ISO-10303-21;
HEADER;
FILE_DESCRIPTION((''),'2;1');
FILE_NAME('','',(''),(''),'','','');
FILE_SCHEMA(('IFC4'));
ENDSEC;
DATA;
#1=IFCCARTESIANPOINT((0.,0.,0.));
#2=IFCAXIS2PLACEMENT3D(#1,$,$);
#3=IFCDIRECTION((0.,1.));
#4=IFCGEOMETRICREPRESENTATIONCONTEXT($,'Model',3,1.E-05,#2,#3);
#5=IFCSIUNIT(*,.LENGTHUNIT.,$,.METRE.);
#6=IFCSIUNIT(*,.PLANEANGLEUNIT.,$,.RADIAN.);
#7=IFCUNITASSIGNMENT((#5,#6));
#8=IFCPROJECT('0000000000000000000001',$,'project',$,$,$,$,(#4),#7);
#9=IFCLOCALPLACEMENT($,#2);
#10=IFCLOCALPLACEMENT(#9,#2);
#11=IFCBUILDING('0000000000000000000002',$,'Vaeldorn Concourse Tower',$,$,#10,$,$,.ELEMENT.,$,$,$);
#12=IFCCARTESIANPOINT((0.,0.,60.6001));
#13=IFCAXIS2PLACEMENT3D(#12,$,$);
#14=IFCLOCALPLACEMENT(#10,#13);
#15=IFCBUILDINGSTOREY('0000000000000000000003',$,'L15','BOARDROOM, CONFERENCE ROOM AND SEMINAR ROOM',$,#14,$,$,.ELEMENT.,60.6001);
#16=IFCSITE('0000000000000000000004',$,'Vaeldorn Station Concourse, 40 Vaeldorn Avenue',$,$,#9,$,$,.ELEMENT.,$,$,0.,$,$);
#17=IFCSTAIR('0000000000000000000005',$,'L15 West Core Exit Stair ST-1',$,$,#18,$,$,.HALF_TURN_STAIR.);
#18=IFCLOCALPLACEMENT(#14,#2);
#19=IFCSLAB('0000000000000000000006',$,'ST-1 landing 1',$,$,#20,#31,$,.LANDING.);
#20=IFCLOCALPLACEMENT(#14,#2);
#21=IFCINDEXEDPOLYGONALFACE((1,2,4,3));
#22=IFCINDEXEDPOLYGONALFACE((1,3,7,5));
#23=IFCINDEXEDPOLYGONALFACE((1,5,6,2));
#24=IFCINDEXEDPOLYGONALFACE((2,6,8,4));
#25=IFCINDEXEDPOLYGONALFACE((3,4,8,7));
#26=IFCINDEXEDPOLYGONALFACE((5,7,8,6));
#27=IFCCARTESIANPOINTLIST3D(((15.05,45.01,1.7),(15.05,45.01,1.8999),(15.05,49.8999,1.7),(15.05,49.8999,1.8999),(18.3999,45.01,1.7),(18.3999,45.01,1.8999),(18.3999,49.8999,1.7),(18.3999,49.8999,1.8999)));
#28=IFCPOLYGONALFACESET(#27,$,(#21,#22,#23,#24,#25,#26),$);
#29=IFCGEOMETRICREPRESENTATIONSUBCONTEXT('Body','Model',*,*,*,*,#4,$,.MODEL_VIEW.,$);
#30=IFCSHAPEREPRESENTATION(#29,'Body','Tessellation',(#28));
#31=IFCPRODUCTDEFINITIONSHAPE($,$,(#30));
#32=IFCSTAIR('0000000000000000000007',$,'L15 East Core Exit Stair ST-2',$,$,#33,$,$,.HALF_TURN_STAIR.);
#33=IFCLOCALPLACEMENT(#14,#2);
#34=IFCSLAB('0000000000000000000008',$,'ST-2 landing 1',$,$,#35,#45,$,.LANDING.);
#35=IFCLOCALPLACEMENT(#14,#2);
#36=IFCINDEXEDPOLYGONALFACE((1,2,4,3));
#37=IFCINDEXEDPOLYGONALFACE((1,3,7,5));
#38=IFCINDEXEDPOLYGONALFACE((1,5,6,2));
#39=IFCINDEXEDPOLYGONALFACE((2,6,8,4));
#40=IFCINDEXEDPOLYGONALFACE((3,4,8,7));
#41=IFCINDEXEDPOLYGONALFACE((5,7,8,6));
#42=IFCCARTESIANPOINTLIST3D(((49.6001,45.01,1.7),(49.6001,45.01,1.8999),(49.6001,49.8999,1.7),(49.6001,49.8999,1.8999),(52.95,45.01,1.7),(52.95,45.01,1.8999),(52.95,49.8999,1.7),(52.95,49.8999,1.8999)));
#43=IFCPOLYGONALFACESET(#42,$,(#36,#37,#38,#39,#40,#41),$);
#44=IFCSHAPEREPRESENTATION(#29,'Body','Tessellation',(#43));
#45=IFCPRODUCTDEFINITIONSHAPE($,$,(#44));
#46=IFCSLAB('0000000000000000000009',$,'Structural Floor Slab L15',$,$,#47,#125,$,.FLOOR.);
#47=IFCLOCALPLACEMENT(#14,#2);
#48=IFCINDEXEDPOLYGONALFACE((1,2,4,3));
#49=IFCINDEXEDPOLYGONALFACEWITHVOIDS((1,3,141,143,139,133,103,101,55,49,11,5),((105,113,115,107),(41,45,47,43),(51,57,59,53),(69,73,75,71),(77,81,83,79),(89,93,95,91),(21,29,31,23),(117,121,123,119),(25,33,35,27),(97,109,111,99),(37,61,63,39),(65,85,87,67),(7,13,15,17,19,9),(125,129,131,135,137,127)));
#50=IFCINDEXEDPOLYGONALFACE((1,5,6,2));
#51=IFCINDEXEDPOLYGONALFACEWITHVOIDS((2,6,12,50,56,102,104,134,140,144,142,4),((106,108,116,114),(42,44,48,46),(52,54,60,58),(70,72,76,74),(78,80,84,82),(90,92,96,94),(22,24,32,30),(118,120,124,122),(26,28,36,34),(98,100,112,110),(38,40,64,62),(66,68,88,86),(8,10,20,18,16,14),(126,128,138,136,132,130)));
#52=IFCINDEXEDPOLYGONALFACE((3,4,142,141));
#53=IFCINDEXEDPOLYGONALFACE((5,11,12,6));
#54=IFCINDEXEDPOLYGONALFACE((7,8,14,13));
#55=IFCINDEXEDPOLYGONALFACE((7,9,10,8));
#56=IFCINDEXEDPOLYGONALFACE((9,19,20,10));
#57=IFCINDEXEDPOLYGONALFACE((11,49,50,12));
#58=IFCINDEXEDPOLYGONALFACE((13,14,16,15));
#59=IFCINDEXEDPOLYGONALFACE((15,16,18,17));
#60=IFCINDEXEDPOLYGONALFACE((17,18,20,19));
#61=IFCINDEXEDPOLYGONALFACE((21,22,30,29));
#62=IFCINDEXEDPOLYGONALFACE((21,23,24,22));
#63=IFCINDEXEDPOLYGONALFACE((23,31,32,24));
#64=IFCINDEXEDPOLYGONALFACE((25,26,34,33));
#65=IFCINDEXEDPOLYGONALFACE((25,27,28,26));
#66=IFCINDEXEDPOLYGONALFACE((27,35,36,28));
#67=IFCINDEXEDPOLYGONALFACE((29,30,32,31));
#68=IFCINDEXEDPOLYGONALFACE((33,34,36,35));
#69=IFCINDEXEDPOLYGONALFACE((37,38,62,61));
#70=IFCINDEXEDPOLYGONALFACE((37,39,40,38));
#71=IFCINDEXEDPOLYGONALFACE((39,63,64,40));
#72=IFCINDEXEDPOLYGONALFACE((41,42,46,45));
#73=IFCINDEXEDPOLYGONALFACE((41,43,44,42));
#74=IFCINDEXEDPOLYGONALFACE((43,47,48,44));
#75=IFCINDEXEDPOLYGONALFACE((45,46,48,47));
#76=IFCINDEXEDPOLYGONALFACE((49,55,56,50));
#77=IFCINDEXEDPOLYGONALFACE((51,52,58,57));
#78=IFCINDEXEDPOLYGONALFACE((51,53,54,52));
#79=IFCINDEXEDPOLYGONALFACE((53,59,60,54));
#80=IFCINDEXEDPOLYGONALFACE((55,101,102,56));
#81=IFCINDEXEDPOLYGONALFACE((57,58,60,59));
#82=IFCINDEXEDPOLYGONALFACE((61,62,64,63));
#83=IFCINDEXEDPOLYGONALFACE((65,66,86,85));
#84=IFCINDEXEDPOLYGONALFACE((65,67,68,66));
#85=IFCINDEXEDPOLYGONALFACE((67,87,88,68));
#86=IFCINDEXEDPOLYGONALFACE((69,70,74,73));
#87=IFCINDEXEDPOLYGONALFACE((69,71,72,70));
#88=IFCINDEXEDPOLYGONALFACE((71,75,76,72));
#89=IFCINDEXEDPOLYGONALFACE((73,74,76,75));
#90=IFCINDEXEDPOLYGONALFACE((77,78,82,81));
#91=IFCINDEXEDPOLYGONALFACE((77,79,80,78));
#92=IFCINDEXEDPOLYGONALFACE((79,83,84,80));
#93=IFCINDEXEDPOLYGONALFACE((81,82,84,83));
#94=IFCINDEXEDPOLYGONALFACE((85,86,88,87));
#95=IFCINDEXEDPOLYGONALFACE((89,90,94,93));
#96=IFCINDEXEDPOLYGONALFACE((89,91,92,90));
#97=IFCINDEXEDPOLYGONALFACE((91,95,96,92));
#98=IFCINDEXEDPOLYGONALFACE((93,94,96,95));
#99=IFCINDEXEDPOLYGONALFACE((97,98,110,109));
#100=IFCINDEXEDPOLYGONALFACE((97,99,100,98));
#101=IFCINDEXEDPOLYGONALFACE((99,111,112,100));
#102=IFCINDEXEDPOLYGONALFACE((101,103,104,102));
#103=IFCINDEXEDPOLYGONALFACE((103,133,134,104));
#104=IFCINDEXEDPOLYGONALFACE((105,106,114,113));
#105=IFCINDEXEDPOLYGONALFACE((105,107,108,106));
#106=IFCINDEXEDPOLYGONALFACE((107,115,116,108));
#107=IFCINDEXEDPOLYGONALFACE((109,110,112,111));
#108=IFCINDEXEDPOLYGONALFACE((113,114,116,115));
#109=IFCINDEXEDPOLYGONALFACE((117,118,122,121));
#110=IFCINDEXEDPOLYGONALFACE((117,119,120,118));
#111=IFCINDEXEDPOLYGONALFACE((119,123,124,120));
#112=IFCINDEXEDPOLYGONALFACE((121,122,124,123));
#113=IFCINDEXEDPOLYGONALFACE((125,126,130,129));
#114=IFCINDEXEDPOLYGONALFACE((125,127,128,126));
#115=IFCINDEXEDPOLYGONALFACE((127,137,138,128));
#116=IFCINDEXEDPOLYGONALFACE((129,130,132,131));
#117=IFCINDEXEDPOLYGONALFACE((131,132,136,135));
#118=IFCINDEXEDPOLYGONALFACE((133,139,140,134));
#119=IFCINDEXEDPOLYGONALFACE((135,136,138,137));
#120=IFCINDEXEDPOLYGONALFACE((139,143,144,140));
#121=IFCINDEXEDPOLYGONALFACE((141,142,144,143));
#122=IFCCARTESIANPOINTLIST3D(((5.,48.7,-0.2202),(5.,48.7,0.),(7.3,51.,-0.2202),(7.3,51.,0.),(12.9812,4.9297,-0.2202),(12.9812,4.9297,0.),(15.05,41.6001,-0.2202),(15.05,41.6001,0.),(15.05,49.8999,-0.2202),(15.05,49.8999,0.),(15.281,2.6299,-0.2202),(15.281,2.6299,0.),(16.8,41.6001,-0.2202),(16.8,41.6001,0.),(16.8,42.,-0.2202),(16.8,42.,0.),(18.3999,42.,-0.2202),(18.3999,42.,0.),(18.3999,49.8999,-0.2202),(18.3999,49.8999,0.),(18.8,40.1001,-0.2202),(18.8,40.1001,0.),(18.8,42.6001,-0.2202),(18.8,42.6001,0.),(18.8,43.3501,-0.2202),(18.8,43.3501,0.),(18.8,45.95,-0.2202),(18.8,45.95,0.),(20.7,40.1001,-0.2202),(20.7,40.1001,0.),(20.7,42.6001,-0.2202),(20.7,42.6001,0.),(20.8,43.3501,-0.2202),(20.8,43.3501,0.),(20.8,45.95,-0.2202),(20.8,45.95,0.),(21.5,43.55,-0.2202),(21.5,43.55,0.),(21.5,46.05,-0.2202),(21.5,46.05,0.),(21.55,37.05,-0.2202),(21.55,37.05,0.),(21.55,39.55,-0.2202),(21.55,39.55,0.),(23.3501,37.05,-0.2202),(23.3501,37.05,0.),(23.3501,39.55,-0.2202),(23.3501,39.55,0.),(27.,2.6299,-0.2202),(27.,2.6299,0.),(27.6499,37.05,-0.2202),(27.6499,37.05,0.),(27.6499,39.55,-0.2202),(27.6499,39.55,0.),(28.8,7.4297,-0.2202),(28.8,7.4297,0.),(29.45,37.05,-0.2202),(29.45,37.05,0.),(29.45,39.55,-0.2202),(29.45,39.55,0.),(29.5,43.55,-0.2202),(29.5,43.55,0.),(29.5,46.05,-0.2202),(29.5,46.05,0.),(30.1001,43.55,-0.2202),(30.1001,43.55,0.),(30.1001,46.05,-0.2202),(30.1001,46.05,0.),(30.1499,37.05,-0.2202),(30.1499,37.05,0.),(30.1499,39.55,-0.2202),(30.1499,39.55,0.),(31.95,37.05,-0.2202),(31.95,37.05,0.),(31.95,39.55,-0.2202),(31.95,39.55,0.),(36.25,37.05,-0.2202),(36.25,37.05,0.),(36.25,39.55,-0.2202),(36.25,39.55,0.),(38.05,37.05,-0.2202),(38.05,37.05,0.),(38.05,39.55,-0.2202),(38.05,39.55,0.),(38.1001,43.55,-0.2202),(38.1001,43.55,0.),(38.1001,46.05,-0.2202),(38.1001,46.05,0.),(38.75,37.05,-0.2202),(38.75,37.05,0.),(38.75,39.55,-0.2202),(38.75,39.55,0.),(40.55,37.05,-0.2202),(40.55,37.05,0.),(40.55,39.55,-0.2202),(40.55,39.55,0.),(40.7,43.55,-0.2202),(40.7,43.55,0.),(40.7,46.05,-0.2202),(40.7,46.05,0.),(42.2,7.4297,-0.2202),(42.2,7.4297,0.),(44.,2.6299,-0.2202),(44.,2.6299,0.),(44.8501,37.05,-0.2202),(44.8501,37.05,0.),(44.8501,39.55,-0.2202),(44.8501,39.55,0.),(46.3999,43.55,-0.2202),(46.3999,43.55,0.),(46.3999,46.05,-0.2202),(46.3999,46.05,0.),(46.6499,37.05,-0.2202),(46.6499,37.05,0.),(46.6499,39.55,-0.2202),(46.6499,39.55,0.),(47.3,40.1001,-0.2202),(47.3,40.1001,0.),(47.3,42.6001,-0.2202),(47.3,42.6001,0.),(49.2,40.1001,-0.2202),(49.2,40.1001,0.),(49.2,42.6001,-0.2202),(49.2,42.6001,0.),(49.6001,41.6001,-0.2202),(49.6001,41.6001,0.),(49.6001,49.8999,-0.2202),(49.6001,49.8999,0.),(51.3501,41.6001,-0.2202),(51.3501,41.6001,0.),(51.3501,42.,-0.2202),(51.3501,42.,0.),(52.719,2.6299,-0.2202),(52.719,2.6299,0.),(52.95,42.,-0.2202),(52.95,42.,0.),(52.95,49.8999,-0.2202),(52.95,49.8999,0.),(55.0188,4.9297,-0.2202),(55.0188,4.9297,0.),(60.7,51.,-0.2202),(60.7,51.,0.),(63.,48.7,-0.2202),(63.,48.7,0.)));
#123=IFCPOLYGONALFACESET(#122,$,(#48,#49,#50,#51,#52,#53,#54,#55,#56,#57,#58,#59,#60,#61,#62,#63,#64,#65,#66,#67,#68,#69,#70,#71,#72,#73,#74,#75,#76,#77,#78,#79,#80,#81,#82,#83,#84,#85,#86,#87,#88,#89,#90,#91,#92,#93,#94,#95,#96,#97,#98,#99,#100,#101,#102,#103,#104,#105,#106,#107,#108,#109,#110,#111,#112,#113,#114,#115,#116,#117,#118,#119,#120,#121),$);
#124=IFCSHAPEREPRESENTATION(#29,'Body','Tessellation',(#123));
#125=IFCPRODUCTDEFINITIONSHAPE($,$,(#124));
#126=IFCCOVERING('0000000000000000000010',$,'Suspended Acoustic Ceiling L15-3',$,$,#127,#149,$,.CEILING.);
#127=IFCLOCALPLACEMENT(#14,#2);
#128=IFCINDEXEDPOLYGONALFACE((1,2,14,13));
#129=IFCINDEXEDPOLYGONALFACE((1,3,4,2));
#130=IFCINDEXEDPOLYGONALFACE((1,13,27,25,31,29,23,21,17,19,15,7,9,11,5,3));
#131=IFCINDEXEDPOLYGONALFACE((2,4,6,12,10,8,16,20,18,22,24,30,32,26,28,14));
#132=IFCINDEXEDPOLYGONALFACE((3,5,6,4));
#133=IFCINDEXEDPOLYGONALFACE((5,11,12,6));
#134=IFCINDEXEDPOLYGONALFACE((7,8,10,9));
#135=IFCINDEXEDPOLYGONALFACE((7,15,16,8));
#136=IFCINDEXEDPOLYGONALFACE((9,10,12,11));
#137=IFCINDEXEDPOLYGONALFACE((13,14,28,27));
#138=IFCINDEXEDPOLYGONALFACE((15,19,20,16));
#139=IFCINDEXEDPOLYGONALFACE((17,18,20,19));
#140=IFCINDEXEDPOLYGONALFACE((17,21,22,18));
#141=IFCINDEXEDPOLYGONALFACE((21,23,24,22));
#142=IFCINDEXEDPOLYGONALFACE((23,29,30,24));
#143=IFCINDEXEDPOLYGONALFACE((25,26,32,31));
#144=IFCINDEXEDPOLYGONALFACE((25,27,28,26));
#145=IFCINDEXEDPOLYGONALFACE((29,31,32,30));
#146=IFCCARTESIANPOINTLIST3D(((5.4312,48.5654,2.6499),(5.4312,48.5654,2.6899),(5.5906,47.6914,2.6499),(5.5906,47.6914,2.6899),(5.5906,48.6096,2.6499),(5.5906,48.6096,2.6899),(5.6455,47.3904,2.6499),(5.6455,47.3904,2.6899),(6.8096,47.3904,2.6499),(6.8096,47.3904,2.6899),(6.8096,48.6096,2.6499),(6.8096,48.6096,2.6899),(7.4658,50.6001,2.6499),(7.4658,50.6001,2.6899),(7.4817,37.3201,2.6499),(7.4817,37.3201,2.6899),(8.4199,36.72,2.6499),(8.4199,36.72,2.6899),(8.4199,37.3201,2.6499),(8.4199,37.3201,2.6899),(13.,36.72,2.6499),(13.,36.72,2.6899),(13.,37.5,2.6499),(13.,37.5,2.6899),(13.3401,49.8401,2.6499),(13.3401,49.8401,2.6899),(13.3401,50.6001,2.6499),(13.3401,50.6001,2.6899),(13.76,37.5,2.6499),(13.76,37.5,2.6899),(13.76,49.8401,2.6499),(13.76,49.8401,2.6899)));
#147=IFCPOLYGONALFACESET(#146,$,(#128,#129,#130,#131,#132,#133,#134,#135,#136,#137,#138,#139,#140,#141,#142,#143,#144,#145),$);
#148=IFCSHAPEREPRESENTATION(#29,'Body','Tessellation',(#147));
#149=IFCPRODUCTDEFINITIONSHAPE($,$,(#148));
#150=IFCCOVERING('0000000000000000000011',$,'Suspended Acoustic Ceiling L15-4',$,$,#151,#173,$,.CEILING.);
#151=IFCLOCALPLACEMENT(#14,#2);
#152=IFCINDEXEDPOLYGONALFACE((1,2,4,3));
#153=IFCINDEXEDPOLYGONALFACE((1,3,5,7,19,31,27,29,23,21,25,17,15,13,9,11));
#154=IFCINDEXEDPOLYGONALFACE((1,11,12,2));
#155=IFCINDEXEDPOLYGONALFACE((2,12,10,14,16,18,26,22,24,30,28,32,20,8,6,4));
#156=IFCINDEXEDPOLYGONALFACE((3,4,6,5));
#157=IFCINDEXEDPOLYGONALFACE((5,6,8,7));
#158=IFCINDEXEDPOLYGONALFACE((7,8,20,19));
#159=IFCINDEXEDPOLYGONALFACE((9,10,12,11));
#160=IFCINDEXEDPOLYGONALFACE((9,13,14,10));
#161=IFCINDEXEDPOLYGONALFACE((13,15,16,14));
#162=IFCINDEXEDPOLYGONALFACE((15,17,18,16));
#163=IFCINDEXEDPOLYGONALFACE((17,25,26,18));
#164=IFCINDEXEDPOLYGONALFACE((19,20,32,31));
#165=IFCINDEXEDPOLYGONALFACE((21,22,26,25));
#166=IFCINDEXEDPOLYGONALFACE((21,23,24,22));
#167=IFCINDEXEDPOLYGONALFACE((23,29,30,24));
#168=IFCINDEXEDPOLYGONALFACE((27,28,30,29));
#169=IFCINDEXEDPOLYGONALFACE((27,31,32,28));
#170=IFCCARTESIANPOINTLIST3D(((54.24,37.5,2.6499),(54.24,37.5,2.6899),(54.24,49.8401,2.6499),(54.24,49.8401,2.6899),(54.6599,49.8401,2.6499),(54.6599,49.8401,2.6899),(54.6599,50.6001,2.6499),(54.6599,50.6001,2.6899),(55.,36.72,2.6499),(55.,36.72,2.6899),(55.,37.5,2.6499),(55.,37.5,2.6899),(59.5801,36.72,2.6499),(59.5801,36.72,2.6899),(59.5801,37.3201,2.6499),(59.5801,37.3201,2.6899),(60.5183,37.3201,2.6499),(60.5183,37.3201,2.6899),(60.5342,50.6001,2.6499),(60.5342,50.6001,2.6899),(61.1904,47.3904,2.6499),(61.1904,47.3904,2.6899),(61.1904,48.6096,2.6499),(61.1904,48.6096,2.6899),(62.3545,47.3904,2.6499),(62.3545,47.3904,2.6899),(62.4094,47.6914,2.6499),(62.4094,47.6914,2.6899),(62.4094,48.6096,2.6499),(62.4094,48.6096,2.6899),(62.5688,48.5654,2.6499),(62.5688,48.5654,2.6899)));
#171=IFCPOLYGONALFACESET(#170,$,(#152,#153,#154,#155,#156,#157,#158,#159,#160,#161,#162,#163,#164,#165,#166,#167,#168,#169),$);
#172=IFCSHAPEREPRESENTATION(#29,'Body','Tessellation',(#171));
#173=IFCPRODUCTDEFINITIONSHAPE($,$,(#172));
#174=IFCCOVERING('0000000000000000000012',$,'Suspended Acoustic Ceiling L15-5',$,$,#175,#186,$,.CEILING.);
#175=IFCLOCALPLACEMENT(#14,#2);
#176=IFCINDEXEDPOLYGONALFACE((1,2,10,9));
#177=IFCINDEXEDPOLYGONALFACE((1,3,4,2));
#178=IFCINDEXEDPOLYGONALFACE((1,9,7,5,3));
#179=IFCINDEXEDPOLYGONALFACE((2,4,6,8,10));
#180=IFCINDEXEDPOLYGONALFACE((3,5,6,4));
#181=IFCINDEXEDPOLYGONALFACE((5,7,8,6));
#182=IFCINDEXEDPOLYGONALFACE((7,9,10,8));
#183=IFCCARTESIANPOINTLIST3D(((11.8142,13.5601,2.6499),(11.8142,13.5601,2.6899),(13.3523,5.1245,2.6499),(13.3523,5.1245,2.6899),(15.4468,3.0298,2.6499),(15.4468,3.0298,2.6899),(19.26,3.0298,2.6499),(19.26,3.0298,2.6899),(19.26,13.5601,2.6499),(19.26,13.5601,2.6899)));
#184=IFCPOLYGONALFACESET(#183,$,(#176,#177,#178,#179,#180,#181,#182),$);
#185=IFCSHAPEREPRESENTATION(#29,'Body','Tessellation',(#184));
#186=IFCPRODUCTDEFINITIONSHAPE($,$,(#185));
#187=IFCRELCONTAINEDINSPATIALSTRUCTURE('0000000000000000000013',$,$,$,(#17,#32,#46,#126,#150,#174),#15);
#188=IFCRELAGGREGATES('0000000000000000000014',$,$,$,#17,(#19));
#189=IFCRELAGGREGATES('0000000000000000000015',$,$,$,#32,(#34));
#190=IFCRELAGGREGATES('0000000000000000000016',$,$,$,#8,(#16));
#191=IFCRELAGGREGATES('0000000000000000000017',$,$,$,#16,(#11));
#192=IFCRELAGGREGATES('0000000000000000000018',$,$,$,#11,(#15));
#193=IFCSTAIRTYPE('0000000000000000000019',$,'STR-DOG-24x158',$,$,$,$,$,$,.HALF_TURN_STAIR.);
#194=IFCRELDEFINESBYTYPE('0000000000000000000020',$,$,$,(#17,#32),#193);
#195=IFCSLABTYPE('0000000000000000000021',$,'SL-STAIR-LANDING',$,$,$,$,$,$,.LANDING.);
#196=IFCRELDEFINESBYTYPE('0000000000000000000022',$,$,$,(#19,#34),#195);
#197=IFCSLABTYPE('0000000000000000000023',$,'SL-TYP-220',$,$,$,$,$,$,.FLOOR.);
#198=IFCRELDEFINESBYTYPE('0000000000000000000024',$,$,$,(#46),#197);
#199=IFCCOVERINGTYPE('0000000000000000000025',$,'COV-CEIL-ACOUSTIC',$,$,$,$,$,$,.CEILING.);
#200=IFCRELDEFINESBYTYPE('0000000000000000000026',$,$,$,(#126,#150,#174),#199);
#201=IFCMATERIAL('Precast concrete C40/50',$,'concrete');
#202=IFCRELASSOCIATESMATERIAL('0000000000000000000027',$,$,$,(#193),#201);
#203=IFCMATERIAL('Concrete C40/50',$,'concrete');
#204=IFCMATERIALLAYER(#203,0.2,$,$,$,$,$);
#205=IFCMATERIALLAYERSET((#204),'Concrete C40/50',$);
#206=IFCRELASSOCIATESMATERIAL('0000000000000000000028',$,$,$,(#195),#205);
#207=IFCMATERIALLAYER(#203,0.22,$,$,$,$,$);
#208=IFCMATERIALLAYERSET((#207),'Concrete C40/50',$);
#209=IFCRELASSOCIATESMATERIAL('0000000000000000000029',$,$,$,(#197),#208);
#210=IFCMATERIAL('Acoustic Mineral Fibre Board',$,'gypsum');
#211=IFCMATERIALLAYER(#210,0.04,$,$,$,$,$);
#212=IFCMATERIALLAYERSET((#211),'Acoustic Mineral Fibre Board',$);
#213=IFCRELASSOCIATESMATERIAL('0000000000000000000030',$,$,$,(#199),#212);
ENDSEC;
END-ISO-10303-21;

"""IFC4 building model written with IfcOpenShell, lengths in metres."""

from ifc_helpers import new_model, si_unit, direction, frame, origin, place, context, subcontext, project, spatial, polyline, outline, extrude, material, layer, layer_set, type_object, element, aggregate, save


model = new_model("IFC4")

# Units and contexts
model_context = context("Model", 3, precision=1e-05, world=origin(), true_north=direction((0.0, 1.0)))
body_context = subcontext(model_context, "Body", "Model", "MODEL_VIEW")
ifc_project = project(units=[si_unit("LENGTHUNIT", "METRE"), si_unit("PLANEANGLEUNIT", "RADIAN")], contexts=[model_context])

# Site, building, storey
site_placement = place(None, origin())
site = spatial("IfcSite", under=ifc_project, at=site_placement, Name="Vaeldorn Station Concourse, 40 Vaeldorn Avenue", CompositionType="ELEMENT", RefElevation=0.0)
building_placement = place(site_placement, origin())
building = spatial("IfcBuilding", under=site, at=building_placement, Name="Vaeldorn Concourse Tower", CompositionType="ELEMENT")
storey_placement = place(building_placement, frame((0.0, 0.0, 60.6001)))
storey = spatial("IfcBuildingStorey", under=building, at=storey_placement, Name="L15", Description="BOARDROOM, CONFERENCE ROOM AND SEMINAR ROOM", CompositionType="ELEMENT", Elevation=60.6001)

# Stairs, slabs
ifc_material_1 = material(Name="Precast concrete C40/50", Category="concrete")
stair_type = type_object("IfcStairType", Name="STR-DOG-24x158", PredefinedType="HALF_TURN_STAIR", material=ifc_material_1)
stair_1_placement = place(storey_placement, origin())
stair_1 = element("IfcStair", 1, at=stair_1_placement, inside=storey, type_object=stair_type, Name="L15 West Core Exit Stair ST-1", PredefinedType="HALF_TURN_STAIR")
ifc_material_2 = material(Name="Concrete C40/50", Category="concrete")
ifc_layer_1 = layer(ifc_material_2, 0.2)
ifc_layer_set_1 = layer_set([ifc_layer_1], Name="Concrete C40/50")
slab_type_1 = type_object("IfcSlabType", Name="SL-STAIR-LANDING", PredefinedType="LANDING", material=ifc_layer_set_1)
slab_1_placement = place(storey_placement, frame((0.0, 0.0, 1.7)))
slab_1 = element("IfcSlab", 2, at=slab_1_placement, type_object=slab_type_1, Name="ST-1 landing 1", PredefinedType="LANDING", context=body_context, shape_type="SweptSolid", body=[
    extrude(outline(polyline([(18.3999, 45.01), (18.3999, 49.8999), (15.05, 49.8999), (15.05, 45.01), (18.3999, 45.01)])), origin(), (0.0, 0.0, 1.0), 0.2),
])
aggregate(stair_1, [slab_1])
stair_2_placement = place(storey_placement, origin())
stair_2 = element("IfcStair", 3, at=stair_2_placement, inside=storey, type_object=stair_type, Name="L15 East Core Exit Stair ST-2", PredefinedType="HALF_TURN_STAIR")
slab_2_placement = place(storey_placement, frame((0.0, 0.0, 1.7)))
slab_2 = element("IfcSlab", 4, at=slab_2_placement, type_object=slab_type_1, Name="ST-2 landing 1", PredefinedType="LANDING", context=body_context, shape_type="SweptSolid", body=[
    extrude(outline(polyline([(52.95, 45.01), (52.95, 49.8999), (49.6001, 49.8999), (49.6001, 45.01), (52.95, 45.01)])), origin(), (0.0, 0.0, 1.0), 0.2),
])
aggregate(stair_2, [slab_2])

# Slab
ifc_layer_2 = layer(ifc_material_2, 0.22)
ifc_layer_set_2 = layer_set([ifc_layer_2], Name="Concrete C40/50")
slab_type_2 = type_object("IfcSlabType", Name="SL-TYP-220", PredefinedType="FLOOR", material=ifc_layer_set_2)
slab_3_placement = place(storey_placement, frame((0.0, 0.0, -0.2202)))
element("IfcSlab", 5, at=slab_3_placement, inside=storey, type_object=slab_type_2, Name="Structural Floor Slab L15", PredefinedType="FLOOR", context=body_context, shape_type="SweptSolid", body=[
    extrude(outline(polyline([(15.281, 2.6299), (27.0, 2.6299), (28.8, 7.4297), (42.2, 7.4297), (44.0, 2.6299), (52.719, 2.6299), (55.0188, 4.9297), (63.0, 48.7), (60.7, 51.0), (7.3, 51.0), (5.0, 48.7), (12.9812, 4.9297), (15.281, 2.6299)]), holes=[polyline([(18.3999, 42.0), (18.3999, 49.8999), (15.05, 49.8999), (15.05, 41.6001), (16.8, 41.6001), (16.8, 42.0), (18.3999, 42.0)]), polyline([(52.95, 42.0), (52.95, 49.8999), (49.6001, 49.8999), (49.6001, 41.6001), (51.3501, 41.6001), (51.3501, 42.0), (52.95, 42.0)]), polyline([(21.55, 37.05), (23.3501, 37.05), (23.3501, 39.55), (21.55, 39.55), (21.55, 37.05)]), polyline([(27.6499, 37.05), (29.45, 37.05), (29.45, 39.55), (27.6499, 39.55), (27.6499, 37.05)]), polyline([(21.5, 43.55), (29.5, 43.55), (29.5, 46.05), (21.5, 46.05), (21.5, 43.55)]), polyline([(30.1499, 37.05), (31.95, 37.05), (31.95, 39.55), (30.1499, 39.55), (30.1499, 37.05)]), polyline([(36.25, 37.05), (38.05, 37.05), (38.05, 39.55), (36.25, 39.55), (36.25, 37.05)]), polyline([(30.1001, 43.55), (38.1001, 43.55), (38.1001, 46.05), (30.1001, 46.05), (30.1001, 43.55)]), polyline([(38.75, 37.05), (40.55, 37.05), (40.55, 39.55), (38.75, 39.55), (38.75, 37.05)]), polyline([(44.8501, 37.05), (46.6499, 37.05), (46.6499, 39.55), (44.8501, 39.55), (44.8501, 37.05)]), polyline([(40.7, 43.55), (46.3999, 43.55), (46.3999, 46.05), (40.7, 46.05), (40.7, 43.55)]), polyline([(18.8, 43.3501), (20.8, 43.3501), (20.8, 45.95), (18.8, 45.95), (18.8, 43.3501)]), polyline([(18.8, 40.1001), (20.7, 40.1001), (20.7, 42.6001), (18.8, 42.6001), (18.8, 40.1001)]), polyline([(47.3, 40.1001), (49.2, 40.1001), (49.2, 42.6001), (47.3, 42.6001), (47.3, 40.1001)])]), origin(), (0.0, 0.0, 1.0), 0.2202),
])

# Coverings
ifc_material_3 = material(Name="Acoustic Mineral Fibre Board", Category="gypsum")
ifc_layer_3 = layer(ifc_material_3, 0.04)
ifc_layer_set_3 = layer_set([ifc_layer_3], Name="Acoustic Mineral Fibre Board")
covering_type_1 = type_object("IfcCoveringType", Name="COV-CEIL-ACOUSTIC", PredefinedType="CEILING", material=ifc_layer_set_3)
covering_1_placement = place(storey_placement, frame((0.0, 0.0, 2.6499)))
element("IfcCovering", 6, at=covering_1_placement, inside=storey, type_object=covering_type_1, Name="Suspended Acoustic Ceiling L15-3", PredefinedType="CEILING", context=body_context, shape_type="SweptSolid", body=[
    extrude(outline(polyline([(7.4658, 50.6001), (13.3401, 50.6001), (13.3401, 49.8401), (13.76, 49.8401), (13.76, 37.5), (13.0, 37.5), (13.0, 36.72), (8.4199, 36.72), (8.4199, 37.3201), (7.4817, 37.3201), (5.6455, 47.3904), (6.8096, 47.3904), (6.8096, 48.6096), (5.5906, 48.6096), (5.5906, 47.6914), (5.4312, 48.5654), (7.4658, 50.6001)])), origin(), (0.0, 0.0, 1.0), 0.04),
])
covering_2_placement = place(storey_placement, frame((0.0, 0.0, 2.6499)))
element("IfcCovering", 7, at=covering_2_placement, inside=storey, type_object=covering_type_1, Name="Suspended Acoustic Ceiling L15-4", PredefinedType="CEILING", context=body_context, shape_type="SweptSolid", body=[
    extrude(outline(polyline([(54.6599, 49.8401), (54.6599, 50.6001), (60.5342, 50.6001), (62.5688, 48.5654), (62.4094, 47.6914), (62.4094, 48.6096), (61.1904, 48.6096), (61.1904, 47.3904), (62.3545, 47.3904), (60.5183, 37.3201), (59.5801, 37.3201), (59.5801, 36.72), (55.0, 36.72), (55.0, 37.5), (54.24, 37.5), (54.24, 49.8401), (54.6599, 49.8401)])), origin(), (0.0, 0.0, 1.0), 0.04),
])
covering_3_placement = place(storey_placement, frame((0.0, 0.0, 2.6499)))
element("IfcCovering", 8, at=covering_3_placement, inside=storey, type_object=covering_type_1, Name="Suspended Acoustic Ceiling L15-5", PredefinedType="CEILING", context=body_context, shape_type="SweptSolid", body=[
    extrude(outline(polyline([(19.26, 13.5601), (19.26, 3.0298), (15.4468, 3.0298), (13.3523, 5.1245), (11.8142, 13.5601), (19.26, 13.5601)])), origin(), (0.0, 0.0, 1.0), 0.04),
])

save(model, "model.ifc")
